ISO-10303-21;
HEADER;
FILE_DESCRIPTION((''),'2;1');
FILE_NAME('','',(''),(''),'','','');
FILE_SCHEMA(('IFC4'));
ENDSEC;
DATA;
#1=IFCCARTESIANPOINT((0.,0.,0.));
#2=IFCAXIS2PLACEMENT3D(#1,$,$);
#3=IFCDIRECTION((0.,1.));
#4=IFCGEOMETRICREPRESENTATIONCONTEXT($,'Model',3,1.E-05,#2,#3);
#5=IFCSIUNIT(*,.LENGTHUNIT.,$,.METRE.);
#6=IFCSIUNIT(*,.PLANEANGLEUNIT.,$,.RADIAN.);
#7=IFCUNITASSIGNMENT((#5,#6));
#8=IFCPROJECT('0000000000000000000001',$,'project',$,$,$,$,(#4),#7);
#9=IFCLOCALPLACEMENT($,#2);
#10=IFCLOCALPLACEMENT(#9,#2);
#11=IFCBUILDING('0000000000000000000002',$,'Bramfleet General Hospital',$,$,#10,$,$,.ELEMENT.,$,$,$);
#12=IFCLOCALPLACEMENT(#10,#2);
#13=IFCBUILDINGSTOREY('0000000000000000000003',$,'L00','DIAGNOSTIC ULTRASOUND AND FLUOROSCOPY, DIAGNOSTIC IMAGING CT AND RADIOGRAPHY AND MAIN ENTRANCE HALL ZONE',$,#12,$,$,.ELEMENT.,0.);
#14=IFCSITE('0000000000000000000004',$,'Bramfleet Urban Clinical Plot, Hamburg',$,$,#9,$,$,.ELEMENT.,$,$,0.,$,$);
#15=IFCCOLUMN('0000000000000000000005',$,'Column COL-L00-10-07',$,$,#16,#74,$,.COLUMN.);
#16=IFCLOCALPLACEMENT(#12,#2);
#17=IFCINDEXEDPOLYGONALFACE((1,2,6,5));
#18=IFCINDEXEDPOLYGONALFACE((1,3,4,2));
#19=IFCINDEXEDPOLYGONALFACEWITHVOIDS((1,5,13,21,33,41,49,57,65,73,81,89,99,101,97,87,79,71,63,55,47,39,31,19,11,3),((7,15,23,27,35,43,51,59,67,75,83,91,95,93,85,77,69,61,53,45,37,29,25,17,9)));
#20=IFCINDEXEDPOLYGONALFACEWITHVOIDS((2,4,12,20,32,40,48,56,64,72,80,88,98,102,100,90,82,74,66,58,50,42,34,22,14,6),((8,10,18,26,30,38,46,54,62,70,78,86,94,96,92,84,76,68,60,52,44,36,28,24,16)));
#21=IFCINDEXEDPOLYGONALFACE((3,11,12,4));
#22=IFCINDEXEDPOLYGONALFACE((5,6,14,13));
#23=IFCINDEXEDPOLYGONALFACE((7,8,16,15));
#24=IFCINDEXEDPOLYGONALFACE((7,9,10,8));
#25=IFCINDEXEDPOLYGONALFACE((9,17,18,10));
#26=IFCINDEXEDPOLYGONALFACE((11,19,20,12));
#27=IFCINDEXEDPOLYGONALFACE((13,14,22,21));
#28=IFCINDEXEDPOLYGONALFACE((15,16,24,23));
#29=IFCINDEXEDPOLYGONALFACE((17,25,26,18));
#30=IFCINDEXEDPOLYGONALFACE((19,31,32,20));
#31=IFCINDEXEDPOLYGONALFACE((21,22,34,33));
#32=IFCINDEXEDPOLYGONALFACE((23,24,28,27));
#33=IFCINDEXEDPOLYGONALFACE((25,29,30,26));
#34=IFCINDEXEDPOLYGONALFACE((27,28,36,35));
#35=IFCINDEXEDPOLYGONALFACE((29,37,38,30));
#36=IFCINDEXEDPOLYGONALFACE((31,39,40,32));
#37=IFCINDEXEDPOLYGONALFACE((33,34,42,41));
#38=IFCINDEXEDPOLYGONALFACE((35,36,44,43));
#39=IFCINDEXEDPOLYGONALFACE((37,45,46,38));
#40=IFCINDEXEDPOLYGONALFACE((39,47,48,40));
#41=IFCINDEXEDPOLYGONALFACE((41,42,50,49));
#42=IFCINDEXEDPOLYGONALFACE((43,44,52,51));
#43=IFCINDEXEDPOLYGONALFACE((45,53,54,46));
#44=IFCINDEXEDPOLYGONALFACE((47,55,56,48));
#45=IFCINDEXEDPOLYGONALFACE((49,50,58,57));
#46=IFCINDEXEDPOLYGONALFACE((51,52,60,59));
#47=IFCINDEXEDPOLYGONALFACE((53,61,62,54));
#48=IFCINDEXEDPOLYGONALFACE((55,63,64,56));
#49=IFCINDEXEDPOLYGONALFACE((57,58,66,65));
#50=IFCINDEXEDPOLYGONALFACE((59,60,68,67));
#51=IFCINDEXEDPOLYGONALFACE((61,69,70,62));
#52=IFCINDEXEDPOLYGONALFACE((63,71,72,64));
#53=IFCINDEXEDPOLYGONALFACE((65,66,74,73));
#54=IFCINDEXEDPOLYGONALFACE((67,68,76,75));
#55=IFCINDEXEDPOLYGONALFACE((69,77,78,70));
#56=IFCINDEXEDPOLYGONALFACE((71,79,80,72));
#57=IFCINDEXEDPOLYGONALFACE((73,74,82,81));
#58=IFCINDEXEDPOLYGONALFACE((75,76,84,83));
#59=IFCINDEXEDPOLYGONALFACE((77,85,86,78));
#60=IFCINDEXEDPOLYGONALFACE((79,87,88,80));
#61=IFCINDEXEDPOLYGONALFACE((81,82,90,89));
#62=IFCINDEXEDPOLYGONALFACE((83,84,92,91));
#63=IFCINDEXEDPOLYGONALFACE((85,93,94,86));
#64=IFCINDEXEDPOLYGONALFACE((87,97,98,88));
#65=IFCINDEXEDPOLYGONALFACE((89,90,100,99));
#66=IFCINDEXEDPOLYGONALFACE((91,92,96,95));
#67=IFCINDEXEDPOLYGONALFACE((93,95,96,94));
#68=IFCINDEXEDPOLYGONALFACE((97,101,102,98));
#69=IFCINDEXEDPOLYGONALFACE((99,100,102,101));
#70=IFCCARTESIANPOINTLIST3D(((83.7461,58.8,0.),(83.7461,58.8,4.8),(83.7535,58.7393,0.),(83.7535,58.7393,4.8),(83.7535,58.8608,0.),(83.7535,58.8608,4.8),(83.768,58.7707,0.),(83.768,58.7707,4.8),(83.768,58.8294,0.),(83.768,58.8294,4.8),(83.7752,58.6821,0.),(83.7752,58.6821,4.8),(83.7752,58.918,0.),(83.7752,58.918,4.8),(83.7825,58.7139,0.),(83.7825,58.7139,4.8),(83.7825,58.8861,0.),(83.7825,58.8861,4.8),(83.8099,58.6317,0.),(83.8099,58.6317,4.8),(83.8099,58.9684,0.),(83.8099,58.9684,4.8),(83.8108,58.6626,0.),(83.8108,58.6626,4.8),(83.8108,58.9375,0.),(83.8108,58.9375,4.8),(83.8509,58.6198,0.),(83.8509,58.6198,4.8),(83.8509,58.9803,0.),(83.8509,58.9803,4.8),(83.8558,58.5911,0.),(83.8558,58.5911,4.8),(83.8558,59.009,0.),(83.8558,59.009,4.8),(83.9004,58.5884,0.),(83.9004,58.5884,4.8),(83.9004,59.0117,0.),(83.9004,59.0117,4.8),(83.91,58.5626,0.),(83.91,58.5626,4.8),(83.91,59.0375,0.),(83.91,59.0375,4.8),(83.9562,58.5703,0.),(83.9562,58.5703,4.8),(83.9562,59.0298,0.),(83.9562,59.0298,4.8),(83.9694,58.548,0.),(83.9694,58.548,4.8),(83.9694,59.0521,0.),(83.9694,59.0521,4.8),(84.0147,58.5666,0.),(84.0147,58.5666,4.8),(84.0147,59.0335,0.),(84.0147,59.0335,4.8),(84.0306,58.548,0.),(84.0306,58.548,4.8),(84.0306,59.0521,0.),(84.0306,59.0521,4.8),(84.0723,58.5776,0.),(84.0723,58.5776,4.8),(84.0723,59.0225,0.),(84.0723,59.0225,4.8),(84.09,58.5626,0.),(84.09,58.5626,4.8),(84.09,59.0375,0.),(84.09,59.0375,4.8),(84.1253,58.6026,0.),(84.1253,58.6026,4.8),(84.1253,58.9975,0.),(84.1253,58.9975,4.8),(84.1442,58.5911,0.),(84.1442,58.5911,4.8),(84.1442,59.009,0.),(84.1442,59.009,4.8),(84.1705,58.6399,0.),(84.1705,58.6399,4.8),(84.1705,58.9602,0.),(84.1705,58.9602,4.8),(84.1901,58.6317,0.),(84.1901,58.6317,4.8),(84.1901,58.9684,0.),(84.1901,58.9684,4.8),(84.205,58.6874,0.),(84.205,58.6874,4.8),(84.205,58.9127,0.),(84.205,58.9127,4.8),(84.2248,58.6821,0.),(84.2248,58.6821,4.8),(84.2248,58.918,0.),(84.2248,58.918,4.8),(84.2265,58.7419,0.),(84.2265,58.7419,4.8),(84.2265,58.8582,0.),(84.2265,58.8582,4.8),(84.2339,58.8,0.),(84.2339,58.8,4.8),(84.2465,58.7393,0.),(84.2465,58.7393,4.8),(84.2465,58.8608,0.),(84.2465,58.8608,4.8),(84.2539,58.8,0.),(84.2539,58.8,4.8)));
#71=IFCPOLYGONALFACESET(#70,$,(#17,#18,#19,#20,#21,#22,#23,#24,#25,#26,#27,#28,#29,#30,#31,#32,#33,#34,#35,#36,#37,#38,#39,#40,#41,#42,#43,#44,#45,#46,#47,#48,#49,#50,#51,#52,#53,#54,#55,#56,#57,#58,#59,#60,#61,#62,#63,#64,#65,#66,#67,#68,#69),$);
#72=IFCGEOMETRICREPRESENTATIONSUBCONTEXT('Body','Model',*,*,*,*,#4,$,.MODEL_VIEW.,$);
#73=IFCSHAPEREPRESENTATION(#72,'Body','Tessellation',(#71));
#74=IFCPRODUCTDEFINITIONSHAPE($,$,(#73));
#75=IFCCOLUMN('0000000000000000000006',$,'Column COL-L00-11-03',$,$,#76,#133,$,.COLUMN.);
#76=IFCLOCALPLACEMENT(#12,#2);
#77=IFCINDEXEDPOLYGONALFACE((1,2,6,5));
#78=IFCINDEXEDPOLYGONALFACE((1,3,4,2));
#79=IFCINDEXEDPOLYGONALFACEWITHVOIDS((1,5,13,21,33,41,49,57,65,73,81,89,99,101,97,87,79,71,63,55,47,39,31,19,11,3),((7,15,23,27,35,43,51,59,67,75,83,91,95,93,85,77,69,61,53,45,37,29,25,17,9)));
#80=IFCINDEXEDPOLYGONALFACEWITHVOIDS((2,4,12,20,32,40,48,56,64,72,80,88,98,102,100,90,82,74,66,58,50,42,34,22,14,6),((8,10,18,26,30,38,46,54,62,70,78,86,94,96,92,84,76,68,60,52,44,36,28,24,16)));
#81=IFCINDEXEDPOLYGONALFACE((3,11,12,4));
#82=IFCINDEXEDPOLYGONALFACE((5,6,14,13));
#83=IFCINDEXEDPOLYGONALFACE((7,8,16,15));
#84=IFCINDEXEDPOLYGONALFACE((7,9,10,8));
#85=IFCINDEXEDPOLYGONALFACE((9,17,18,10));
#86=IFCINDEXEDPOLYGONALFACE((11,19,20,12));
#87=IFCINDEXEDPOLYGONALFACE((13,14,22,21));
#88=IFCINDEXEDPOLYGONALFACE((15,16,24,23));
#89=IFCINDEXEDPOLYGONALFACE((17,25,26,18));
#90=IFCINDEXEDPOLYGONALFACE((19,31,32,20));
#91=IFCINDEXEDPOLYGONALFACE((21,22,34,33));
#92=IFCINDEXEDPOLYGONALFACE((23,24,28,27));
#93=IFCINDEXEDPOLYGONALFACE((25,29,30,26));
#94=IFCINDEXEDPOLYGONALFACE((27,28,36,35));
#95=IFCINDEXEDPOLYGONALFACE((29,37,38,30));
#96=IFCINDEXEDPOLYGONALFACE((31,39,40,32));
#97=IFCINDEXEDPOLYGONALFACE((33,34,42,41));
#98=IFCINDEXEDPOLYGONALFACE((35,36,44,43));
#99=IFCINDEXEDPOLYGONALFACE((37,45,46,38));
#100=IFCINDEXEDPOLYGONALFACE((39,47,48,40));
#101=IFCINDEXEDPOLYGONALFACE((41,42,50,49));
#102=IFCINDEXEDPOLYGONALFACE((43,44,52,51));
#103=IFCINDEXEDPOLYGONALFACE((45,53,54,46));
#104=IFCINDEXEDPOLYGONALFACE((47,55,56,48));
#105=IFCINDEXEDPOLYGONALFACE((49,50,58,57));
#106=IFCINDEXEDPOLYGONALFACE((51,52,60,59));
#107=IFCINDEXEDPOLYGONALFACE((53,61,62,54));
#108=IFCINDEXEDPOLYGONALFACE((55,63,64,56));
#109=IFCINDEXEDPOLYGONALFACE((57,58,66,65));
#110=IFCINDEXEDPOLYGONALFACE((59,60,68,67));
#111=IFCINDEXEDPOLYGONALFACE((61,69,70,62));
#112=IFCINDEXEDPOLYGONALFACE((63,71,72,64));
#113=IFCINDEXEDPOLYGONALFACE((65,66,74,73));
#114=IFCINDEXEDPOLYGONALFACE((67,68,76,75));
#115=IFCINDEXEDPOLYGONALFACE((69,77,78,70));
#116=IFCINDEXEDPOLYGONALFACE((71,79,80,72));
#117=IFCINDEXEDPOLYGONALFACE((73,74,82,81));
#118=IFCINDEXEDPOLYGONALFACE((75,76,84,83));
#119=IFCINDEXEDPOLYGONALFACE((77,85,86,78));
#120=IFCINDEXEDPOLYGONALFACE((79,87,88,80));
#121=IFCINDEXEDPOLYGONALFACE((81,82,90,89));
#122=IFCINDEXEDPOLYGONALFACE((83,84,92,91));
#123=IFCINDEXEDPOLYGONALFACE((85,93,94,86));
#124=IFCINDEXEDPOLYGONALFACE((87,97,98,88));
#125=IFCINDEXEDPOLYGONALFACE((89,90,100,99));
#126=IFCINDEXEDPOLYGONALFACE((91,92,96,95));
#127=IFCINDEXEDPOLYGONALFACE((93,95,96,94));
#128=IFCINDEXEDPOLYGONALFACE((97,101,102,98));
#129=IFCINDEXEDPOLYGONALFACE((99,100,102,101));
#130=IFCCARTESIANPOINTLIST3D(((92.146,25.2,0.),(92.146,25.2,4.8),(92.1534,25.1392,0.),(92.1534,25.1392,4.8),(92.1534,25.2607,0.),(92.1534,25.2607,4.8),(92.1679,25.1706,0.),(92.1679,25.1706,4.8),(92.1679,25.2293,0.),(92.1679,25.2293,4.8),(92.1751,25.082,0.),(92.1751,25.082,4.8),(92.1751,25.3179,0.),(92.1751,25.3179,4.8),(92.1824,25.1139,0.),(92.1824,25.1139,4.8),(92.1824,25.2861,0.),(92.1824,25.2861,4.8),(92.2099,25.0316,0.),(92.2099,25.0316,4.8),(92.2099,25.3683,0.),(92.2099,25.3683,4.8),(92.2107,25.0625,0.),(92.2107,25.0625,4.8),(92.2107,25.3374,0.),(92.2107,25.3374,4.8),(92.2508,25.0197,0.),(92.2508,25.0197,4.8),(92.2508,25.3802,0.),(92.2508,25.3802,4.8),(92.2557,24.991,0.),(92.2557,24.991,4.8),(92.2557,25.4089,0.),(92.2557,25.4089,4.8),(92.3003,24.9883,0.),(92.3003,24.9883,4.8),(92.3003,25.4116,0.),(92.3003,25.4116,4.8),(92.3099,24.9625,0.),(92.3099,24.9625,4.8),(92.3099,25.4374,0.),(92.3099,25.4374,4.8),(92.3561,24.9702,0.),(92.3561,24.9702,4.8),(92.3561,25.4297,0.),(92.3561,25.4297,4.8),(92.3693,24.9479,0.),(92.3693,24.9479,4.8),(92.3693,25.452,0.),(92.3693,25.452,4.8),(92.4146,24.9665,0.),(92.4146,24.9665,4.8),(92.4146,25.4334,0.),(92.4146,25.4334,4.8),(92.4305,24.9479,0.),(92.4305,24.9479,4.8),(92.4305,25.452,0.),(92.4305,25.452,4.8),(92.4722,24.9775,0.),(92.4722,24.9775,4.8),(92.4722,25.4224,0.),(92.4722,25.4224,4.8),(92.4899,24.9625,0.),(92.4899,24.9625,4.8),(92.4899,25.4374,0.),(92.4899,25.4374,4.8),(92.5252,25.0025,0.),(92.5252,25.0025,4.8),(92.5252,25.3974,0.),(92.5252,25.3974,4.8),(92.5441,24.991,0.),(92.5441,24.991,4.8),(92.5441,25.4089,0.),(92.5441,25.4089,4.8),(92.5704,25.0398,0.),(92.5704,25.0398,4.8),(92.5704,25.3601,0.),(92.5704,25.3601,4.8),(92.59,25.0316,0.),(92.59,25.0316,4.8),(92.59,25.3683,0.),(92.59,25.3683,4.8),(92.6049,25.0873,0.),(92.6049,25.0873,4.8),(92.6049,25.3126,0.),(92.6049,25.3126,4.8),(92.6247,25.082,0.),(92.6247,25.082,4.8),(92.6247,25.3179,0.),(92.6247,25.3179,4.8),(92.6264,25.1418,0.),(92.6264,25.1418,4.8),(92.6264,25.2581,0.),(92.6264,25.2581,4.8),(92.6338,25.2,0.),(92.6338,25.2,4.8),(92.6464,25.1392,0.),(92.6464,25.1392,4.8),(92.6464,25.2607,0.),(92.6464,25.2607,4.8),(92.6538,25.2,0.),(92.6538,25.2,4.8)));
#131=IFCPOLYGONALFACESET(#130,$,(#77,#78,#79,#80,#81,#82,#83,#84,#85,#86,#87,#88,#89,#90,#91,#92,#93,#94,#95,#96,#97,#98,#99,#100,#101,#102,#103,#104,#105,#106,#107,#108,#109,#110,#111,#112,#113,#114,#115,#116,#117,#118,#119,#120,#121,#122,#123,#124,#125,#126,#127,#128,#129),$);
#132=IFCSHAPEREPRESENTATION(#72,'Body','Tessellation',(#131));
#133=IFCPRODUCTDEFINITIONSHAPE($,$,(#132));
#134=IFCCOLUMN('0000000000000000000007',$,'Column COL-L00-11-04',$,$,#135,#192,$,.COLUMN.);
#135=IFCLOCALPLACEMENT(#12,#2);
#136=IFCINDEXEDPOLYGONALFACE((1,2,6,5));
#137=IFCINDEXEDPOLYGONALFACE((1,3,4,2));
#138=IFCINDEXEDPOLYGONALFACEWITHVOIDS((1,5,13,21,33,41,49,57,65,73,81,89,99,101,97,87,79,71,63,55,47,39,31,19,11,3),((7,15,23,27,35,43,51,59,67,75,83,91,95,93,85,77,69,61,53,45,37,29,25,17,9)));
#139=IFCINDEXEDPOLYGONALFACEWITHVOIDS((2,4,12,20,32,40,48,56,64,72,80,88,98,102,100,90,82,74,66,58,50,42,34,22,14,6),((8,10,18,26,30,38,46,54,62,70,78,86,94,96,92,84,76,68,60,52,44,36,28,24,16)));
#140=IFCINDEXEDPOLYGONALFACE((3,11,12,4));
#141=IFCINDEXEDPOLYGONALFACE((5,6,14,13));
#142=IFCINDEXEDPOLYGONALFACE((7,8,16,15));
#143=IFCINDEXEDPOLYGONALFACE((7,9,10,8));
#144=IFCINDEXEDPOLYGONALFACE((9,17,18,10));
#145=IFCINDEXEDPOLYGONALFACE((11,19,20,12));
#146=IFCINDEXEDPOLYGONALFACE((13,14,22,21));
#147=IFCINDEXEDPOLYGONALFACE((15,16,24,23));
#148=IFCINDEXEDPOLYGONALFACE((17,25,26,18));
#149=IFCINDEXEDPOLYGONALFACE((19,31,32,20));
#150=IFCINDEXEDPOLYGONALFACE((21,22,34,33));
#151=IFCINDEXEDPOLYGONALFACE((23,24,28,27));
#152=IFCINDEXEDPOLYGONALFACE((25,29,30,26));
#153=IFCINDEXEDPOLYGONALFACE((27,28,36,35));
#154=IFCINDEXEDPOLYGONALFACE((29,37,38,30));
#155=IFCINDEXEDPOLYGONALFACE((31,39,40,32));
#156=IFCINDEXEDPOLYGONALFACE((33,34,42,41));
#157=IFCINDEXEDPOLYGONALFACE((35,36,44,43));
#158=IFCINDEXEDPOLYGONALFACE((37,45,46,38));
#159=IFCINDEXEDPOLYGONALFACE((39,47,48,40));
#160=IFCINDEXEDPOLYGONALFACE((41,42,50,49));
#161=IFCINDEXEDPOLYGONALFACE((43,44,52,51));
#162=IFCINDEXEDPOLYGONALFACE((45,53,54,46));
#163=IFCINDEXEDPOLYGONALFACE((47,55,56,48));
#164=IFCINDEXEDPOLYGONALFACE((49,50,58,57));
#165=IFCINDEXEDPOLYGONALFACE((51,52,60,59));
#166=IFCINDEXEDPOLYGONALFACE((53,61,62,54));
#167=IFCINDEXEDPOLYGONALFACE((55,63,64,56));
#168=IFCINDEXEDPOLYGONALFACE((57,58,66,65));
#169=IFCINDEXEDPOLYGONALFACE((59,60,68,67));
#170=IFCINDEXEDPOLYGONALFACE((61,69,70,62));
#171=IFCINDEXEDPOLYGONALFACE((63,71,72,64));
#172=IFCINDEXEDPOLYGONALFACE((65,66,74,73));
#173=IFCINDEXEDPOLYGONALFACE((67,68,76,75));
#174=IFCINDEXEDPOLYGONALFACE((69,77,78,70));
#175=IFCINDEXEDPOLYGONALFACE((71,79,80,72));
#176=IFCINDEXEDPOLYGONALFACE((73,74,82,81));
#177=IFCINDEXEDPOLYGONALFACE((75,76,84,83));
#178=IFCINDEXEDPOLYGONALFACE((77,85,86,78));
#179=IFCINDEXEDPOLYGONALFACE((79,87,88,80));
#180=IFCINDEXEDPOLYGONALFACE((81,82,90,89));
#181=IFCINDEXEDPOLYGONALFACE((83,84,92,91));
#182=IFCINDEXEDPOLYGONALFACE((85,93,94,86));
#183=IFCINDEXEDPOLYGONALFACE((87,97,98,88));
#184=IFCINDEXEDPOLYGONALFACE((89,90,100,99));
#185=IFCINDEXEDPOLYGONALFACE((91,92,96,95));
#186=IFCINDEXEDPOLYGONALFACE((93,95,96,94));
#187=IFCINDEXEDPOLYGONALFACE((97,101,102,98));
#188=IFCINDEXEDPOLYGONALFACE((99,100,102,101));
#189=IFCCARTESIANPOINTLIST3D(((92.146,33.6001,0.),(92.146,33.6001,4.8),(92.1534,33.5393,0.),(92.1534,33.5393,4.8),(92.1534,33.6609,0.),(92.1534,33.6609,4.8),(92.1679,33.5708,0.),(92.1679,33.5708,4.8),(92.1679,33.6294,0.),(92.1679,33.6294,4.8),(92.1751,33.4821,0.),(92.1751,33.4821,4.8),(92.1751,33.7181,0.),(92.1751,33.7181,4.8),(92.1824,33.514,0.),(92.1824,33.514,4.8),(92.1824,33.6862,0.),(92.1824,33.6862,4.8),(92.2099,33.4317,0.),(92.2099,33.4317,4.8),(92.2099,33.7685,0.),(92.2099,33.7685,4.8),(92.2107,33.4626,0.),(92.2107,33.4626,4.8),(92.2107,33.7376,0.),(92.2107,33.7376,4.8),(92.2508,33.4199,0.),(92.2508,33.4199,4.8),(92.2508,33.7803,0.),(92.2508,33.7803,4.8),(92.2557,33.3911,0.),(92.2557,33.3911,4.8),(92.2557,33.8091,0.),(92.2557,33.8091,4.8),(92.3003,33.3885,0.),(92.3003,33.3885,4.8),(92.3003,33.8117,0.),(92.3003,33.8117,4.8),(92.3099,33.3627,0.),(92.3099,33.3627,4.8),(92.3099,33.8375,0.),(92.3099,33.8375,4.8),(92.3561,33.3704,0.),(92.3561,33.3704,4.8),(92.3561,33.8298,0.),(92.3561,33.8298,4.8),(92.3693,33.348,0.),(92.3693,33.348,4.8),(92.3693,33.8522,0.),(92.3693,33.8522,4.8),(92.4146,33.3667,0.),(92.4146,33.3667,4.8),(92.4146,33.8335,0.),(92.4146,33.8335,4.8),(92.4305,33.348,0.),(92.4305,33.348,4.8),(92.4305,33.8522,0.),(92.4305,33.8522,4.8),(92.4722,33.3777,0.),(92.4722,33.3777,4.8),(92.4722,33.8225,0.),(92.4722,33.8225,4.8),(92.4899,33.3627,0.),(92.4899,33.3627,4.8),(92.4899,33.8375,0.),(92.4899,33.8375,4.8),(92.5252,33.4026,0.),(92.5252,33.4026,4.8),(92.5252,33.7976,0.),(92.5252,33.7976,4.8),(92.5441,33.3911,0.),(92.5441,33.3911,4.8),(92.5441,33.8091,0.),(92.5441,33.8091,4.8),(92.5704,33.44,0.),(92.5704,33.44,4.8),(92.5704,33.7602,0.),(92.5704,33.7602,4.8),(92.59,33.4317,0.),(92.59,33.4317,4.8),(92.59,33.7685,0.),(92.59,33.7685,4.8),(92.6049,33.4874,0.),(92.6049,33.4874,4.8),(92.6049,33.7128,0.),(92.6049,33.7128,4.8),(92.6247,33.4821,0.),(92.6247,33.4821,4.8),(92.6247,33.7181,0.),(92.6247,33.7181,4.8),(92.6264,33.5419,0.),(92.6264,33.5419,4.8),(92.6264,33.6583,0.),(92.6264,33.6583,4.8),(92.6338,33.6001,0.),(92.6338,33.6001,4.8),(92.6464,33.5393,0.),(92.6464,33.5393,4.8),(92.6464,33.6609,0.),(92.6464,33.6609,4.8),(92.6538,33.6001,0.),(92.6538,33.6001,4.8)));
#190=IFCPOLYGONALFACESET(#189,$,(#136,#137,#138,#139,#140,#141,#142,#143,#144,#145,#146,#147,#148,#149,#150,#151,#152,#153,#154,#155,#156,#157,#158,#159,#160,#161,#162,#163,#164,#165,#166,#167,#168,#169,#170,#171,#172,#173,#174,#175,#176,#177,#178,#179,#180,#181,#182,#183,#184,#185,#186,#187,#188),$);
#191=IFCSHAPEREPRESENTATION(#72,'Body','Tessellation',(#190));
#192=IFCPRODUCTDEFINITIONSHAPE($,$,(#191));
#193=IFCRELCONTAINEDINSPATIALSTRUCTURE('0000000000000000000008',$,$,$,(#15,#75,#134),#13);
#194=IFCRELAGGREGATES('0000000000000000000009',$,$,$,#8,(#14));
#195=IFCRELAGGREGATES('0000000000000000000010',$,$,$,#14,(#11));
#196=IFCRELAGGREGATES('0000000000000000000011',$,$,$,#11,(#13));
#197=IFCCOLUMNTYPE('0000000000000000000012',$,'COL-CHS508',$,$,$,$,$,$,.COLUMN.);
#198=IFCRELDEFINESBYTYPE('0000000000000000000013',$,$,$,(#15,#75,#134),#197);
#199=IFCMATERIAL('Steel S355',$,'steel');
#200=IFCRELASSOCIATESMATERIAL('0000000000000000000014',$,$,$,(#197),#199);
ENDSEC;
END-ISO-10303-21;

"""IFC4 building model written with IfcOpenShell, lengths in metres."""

from ifc_helpers import new_model, si_unit, direction, frame, origin, origin_2d, place, context, subcontext, project, spatial, hollow_circle, extrude, material, material_profile, profile_set, type_object, element, save


model = new_model("IFC4")

# Units and contexts
model_context = context("Model", 3, precision=1e-05, world=origin(), true_north=direction((0.0, 1.0)))
body_context = subcontext(model_context, "Body", "Model", "MODEL_VIEW")
ifc_project = project(units=[si_unit("LENGTHUNIT", "METRE"), si_unit("PLANEANGLEUNIT", "RADIAN")], contexts=[model_context])

# Site, building, storey
site_placement = place(None, origin())
site = spatial("IfcSite", under=ifc_project, at=site_placement, Name="Bramfleet Urban Clinical Plot, Hamburg", CompositionType="ELEMENT", RefElevation=0.0)
building_placement = place(site_placement, origin())
building = spatial("IfcBuilding", under=site, at=building_placement, Name="Bramfleet General Hospital", CompositionType="ELEMENT")
storey_placement = place(building_placement, origin())
storey = spatial("IfcBuildingStorey", under=building, at=storey_placement, Name="L00", Description="DIAGNOSTIC ULTRASOUND AND FLUOROSCOPY, DIAGNOSTIC IMAGING CT AND RADIOGRAPHY AND MAIN ENTRANCE HALL ZONE", CompositionType="ELEMENT", Elevation=0.0)

# Columns
ifc_material_1 = material(Name="Steel S355", Category="steel")
ifc_material_profile_1 = material_profile(ifc_material_1, hollow_circle(Radius=0.2539, WallThickness=0.02, at=origin_2d()), Name="CHS 508.0x20.0")
ifc_profile_set_1 = profile_set([ifc_material_profile_1], Name="Steel S355")
column_type_1 = type_object("IfcColumnType", Name="COL-CHS508", PredefinedType="COLUMN", material=ifc_profile_set_1)
for number, where, z_axis, x_axis, name in (
    (1, (84.0, 58.8, 0.0), (0.0, 0.0, 1.0), (1.0, 0.0, 0.0), "Column COL-L00-10-07"),
    (2, (92.3999, 25.2, 0.0), (0.0, 0.0, 1.0), (1.0, 0.0, 0.0), "Column COL-L00-11-03"),
    (3, (92.3999, 33.6001, 0.0), (0.0, 0.0, 1.0), (1.0, 0.0, 0.0), "Column COL-L00-11-04"),
):
    element("IfcColumn", number, at=place(storey_placement, frame(where, z_axis=z_axis, x_axis=x_axis)), inside=storey, type_object=column_type_1, Name=name, PredefinedType="COLUMN", context=body_context, shape_type="SweptSolid", body=[
        extrude(hollow_circle(Radius=0.2539, WallThickness=0.02, at=origin_2d()), origin(), (0.0, 0.0, 1.0), 4.8),
    ])

save(model, "model.ifc")
